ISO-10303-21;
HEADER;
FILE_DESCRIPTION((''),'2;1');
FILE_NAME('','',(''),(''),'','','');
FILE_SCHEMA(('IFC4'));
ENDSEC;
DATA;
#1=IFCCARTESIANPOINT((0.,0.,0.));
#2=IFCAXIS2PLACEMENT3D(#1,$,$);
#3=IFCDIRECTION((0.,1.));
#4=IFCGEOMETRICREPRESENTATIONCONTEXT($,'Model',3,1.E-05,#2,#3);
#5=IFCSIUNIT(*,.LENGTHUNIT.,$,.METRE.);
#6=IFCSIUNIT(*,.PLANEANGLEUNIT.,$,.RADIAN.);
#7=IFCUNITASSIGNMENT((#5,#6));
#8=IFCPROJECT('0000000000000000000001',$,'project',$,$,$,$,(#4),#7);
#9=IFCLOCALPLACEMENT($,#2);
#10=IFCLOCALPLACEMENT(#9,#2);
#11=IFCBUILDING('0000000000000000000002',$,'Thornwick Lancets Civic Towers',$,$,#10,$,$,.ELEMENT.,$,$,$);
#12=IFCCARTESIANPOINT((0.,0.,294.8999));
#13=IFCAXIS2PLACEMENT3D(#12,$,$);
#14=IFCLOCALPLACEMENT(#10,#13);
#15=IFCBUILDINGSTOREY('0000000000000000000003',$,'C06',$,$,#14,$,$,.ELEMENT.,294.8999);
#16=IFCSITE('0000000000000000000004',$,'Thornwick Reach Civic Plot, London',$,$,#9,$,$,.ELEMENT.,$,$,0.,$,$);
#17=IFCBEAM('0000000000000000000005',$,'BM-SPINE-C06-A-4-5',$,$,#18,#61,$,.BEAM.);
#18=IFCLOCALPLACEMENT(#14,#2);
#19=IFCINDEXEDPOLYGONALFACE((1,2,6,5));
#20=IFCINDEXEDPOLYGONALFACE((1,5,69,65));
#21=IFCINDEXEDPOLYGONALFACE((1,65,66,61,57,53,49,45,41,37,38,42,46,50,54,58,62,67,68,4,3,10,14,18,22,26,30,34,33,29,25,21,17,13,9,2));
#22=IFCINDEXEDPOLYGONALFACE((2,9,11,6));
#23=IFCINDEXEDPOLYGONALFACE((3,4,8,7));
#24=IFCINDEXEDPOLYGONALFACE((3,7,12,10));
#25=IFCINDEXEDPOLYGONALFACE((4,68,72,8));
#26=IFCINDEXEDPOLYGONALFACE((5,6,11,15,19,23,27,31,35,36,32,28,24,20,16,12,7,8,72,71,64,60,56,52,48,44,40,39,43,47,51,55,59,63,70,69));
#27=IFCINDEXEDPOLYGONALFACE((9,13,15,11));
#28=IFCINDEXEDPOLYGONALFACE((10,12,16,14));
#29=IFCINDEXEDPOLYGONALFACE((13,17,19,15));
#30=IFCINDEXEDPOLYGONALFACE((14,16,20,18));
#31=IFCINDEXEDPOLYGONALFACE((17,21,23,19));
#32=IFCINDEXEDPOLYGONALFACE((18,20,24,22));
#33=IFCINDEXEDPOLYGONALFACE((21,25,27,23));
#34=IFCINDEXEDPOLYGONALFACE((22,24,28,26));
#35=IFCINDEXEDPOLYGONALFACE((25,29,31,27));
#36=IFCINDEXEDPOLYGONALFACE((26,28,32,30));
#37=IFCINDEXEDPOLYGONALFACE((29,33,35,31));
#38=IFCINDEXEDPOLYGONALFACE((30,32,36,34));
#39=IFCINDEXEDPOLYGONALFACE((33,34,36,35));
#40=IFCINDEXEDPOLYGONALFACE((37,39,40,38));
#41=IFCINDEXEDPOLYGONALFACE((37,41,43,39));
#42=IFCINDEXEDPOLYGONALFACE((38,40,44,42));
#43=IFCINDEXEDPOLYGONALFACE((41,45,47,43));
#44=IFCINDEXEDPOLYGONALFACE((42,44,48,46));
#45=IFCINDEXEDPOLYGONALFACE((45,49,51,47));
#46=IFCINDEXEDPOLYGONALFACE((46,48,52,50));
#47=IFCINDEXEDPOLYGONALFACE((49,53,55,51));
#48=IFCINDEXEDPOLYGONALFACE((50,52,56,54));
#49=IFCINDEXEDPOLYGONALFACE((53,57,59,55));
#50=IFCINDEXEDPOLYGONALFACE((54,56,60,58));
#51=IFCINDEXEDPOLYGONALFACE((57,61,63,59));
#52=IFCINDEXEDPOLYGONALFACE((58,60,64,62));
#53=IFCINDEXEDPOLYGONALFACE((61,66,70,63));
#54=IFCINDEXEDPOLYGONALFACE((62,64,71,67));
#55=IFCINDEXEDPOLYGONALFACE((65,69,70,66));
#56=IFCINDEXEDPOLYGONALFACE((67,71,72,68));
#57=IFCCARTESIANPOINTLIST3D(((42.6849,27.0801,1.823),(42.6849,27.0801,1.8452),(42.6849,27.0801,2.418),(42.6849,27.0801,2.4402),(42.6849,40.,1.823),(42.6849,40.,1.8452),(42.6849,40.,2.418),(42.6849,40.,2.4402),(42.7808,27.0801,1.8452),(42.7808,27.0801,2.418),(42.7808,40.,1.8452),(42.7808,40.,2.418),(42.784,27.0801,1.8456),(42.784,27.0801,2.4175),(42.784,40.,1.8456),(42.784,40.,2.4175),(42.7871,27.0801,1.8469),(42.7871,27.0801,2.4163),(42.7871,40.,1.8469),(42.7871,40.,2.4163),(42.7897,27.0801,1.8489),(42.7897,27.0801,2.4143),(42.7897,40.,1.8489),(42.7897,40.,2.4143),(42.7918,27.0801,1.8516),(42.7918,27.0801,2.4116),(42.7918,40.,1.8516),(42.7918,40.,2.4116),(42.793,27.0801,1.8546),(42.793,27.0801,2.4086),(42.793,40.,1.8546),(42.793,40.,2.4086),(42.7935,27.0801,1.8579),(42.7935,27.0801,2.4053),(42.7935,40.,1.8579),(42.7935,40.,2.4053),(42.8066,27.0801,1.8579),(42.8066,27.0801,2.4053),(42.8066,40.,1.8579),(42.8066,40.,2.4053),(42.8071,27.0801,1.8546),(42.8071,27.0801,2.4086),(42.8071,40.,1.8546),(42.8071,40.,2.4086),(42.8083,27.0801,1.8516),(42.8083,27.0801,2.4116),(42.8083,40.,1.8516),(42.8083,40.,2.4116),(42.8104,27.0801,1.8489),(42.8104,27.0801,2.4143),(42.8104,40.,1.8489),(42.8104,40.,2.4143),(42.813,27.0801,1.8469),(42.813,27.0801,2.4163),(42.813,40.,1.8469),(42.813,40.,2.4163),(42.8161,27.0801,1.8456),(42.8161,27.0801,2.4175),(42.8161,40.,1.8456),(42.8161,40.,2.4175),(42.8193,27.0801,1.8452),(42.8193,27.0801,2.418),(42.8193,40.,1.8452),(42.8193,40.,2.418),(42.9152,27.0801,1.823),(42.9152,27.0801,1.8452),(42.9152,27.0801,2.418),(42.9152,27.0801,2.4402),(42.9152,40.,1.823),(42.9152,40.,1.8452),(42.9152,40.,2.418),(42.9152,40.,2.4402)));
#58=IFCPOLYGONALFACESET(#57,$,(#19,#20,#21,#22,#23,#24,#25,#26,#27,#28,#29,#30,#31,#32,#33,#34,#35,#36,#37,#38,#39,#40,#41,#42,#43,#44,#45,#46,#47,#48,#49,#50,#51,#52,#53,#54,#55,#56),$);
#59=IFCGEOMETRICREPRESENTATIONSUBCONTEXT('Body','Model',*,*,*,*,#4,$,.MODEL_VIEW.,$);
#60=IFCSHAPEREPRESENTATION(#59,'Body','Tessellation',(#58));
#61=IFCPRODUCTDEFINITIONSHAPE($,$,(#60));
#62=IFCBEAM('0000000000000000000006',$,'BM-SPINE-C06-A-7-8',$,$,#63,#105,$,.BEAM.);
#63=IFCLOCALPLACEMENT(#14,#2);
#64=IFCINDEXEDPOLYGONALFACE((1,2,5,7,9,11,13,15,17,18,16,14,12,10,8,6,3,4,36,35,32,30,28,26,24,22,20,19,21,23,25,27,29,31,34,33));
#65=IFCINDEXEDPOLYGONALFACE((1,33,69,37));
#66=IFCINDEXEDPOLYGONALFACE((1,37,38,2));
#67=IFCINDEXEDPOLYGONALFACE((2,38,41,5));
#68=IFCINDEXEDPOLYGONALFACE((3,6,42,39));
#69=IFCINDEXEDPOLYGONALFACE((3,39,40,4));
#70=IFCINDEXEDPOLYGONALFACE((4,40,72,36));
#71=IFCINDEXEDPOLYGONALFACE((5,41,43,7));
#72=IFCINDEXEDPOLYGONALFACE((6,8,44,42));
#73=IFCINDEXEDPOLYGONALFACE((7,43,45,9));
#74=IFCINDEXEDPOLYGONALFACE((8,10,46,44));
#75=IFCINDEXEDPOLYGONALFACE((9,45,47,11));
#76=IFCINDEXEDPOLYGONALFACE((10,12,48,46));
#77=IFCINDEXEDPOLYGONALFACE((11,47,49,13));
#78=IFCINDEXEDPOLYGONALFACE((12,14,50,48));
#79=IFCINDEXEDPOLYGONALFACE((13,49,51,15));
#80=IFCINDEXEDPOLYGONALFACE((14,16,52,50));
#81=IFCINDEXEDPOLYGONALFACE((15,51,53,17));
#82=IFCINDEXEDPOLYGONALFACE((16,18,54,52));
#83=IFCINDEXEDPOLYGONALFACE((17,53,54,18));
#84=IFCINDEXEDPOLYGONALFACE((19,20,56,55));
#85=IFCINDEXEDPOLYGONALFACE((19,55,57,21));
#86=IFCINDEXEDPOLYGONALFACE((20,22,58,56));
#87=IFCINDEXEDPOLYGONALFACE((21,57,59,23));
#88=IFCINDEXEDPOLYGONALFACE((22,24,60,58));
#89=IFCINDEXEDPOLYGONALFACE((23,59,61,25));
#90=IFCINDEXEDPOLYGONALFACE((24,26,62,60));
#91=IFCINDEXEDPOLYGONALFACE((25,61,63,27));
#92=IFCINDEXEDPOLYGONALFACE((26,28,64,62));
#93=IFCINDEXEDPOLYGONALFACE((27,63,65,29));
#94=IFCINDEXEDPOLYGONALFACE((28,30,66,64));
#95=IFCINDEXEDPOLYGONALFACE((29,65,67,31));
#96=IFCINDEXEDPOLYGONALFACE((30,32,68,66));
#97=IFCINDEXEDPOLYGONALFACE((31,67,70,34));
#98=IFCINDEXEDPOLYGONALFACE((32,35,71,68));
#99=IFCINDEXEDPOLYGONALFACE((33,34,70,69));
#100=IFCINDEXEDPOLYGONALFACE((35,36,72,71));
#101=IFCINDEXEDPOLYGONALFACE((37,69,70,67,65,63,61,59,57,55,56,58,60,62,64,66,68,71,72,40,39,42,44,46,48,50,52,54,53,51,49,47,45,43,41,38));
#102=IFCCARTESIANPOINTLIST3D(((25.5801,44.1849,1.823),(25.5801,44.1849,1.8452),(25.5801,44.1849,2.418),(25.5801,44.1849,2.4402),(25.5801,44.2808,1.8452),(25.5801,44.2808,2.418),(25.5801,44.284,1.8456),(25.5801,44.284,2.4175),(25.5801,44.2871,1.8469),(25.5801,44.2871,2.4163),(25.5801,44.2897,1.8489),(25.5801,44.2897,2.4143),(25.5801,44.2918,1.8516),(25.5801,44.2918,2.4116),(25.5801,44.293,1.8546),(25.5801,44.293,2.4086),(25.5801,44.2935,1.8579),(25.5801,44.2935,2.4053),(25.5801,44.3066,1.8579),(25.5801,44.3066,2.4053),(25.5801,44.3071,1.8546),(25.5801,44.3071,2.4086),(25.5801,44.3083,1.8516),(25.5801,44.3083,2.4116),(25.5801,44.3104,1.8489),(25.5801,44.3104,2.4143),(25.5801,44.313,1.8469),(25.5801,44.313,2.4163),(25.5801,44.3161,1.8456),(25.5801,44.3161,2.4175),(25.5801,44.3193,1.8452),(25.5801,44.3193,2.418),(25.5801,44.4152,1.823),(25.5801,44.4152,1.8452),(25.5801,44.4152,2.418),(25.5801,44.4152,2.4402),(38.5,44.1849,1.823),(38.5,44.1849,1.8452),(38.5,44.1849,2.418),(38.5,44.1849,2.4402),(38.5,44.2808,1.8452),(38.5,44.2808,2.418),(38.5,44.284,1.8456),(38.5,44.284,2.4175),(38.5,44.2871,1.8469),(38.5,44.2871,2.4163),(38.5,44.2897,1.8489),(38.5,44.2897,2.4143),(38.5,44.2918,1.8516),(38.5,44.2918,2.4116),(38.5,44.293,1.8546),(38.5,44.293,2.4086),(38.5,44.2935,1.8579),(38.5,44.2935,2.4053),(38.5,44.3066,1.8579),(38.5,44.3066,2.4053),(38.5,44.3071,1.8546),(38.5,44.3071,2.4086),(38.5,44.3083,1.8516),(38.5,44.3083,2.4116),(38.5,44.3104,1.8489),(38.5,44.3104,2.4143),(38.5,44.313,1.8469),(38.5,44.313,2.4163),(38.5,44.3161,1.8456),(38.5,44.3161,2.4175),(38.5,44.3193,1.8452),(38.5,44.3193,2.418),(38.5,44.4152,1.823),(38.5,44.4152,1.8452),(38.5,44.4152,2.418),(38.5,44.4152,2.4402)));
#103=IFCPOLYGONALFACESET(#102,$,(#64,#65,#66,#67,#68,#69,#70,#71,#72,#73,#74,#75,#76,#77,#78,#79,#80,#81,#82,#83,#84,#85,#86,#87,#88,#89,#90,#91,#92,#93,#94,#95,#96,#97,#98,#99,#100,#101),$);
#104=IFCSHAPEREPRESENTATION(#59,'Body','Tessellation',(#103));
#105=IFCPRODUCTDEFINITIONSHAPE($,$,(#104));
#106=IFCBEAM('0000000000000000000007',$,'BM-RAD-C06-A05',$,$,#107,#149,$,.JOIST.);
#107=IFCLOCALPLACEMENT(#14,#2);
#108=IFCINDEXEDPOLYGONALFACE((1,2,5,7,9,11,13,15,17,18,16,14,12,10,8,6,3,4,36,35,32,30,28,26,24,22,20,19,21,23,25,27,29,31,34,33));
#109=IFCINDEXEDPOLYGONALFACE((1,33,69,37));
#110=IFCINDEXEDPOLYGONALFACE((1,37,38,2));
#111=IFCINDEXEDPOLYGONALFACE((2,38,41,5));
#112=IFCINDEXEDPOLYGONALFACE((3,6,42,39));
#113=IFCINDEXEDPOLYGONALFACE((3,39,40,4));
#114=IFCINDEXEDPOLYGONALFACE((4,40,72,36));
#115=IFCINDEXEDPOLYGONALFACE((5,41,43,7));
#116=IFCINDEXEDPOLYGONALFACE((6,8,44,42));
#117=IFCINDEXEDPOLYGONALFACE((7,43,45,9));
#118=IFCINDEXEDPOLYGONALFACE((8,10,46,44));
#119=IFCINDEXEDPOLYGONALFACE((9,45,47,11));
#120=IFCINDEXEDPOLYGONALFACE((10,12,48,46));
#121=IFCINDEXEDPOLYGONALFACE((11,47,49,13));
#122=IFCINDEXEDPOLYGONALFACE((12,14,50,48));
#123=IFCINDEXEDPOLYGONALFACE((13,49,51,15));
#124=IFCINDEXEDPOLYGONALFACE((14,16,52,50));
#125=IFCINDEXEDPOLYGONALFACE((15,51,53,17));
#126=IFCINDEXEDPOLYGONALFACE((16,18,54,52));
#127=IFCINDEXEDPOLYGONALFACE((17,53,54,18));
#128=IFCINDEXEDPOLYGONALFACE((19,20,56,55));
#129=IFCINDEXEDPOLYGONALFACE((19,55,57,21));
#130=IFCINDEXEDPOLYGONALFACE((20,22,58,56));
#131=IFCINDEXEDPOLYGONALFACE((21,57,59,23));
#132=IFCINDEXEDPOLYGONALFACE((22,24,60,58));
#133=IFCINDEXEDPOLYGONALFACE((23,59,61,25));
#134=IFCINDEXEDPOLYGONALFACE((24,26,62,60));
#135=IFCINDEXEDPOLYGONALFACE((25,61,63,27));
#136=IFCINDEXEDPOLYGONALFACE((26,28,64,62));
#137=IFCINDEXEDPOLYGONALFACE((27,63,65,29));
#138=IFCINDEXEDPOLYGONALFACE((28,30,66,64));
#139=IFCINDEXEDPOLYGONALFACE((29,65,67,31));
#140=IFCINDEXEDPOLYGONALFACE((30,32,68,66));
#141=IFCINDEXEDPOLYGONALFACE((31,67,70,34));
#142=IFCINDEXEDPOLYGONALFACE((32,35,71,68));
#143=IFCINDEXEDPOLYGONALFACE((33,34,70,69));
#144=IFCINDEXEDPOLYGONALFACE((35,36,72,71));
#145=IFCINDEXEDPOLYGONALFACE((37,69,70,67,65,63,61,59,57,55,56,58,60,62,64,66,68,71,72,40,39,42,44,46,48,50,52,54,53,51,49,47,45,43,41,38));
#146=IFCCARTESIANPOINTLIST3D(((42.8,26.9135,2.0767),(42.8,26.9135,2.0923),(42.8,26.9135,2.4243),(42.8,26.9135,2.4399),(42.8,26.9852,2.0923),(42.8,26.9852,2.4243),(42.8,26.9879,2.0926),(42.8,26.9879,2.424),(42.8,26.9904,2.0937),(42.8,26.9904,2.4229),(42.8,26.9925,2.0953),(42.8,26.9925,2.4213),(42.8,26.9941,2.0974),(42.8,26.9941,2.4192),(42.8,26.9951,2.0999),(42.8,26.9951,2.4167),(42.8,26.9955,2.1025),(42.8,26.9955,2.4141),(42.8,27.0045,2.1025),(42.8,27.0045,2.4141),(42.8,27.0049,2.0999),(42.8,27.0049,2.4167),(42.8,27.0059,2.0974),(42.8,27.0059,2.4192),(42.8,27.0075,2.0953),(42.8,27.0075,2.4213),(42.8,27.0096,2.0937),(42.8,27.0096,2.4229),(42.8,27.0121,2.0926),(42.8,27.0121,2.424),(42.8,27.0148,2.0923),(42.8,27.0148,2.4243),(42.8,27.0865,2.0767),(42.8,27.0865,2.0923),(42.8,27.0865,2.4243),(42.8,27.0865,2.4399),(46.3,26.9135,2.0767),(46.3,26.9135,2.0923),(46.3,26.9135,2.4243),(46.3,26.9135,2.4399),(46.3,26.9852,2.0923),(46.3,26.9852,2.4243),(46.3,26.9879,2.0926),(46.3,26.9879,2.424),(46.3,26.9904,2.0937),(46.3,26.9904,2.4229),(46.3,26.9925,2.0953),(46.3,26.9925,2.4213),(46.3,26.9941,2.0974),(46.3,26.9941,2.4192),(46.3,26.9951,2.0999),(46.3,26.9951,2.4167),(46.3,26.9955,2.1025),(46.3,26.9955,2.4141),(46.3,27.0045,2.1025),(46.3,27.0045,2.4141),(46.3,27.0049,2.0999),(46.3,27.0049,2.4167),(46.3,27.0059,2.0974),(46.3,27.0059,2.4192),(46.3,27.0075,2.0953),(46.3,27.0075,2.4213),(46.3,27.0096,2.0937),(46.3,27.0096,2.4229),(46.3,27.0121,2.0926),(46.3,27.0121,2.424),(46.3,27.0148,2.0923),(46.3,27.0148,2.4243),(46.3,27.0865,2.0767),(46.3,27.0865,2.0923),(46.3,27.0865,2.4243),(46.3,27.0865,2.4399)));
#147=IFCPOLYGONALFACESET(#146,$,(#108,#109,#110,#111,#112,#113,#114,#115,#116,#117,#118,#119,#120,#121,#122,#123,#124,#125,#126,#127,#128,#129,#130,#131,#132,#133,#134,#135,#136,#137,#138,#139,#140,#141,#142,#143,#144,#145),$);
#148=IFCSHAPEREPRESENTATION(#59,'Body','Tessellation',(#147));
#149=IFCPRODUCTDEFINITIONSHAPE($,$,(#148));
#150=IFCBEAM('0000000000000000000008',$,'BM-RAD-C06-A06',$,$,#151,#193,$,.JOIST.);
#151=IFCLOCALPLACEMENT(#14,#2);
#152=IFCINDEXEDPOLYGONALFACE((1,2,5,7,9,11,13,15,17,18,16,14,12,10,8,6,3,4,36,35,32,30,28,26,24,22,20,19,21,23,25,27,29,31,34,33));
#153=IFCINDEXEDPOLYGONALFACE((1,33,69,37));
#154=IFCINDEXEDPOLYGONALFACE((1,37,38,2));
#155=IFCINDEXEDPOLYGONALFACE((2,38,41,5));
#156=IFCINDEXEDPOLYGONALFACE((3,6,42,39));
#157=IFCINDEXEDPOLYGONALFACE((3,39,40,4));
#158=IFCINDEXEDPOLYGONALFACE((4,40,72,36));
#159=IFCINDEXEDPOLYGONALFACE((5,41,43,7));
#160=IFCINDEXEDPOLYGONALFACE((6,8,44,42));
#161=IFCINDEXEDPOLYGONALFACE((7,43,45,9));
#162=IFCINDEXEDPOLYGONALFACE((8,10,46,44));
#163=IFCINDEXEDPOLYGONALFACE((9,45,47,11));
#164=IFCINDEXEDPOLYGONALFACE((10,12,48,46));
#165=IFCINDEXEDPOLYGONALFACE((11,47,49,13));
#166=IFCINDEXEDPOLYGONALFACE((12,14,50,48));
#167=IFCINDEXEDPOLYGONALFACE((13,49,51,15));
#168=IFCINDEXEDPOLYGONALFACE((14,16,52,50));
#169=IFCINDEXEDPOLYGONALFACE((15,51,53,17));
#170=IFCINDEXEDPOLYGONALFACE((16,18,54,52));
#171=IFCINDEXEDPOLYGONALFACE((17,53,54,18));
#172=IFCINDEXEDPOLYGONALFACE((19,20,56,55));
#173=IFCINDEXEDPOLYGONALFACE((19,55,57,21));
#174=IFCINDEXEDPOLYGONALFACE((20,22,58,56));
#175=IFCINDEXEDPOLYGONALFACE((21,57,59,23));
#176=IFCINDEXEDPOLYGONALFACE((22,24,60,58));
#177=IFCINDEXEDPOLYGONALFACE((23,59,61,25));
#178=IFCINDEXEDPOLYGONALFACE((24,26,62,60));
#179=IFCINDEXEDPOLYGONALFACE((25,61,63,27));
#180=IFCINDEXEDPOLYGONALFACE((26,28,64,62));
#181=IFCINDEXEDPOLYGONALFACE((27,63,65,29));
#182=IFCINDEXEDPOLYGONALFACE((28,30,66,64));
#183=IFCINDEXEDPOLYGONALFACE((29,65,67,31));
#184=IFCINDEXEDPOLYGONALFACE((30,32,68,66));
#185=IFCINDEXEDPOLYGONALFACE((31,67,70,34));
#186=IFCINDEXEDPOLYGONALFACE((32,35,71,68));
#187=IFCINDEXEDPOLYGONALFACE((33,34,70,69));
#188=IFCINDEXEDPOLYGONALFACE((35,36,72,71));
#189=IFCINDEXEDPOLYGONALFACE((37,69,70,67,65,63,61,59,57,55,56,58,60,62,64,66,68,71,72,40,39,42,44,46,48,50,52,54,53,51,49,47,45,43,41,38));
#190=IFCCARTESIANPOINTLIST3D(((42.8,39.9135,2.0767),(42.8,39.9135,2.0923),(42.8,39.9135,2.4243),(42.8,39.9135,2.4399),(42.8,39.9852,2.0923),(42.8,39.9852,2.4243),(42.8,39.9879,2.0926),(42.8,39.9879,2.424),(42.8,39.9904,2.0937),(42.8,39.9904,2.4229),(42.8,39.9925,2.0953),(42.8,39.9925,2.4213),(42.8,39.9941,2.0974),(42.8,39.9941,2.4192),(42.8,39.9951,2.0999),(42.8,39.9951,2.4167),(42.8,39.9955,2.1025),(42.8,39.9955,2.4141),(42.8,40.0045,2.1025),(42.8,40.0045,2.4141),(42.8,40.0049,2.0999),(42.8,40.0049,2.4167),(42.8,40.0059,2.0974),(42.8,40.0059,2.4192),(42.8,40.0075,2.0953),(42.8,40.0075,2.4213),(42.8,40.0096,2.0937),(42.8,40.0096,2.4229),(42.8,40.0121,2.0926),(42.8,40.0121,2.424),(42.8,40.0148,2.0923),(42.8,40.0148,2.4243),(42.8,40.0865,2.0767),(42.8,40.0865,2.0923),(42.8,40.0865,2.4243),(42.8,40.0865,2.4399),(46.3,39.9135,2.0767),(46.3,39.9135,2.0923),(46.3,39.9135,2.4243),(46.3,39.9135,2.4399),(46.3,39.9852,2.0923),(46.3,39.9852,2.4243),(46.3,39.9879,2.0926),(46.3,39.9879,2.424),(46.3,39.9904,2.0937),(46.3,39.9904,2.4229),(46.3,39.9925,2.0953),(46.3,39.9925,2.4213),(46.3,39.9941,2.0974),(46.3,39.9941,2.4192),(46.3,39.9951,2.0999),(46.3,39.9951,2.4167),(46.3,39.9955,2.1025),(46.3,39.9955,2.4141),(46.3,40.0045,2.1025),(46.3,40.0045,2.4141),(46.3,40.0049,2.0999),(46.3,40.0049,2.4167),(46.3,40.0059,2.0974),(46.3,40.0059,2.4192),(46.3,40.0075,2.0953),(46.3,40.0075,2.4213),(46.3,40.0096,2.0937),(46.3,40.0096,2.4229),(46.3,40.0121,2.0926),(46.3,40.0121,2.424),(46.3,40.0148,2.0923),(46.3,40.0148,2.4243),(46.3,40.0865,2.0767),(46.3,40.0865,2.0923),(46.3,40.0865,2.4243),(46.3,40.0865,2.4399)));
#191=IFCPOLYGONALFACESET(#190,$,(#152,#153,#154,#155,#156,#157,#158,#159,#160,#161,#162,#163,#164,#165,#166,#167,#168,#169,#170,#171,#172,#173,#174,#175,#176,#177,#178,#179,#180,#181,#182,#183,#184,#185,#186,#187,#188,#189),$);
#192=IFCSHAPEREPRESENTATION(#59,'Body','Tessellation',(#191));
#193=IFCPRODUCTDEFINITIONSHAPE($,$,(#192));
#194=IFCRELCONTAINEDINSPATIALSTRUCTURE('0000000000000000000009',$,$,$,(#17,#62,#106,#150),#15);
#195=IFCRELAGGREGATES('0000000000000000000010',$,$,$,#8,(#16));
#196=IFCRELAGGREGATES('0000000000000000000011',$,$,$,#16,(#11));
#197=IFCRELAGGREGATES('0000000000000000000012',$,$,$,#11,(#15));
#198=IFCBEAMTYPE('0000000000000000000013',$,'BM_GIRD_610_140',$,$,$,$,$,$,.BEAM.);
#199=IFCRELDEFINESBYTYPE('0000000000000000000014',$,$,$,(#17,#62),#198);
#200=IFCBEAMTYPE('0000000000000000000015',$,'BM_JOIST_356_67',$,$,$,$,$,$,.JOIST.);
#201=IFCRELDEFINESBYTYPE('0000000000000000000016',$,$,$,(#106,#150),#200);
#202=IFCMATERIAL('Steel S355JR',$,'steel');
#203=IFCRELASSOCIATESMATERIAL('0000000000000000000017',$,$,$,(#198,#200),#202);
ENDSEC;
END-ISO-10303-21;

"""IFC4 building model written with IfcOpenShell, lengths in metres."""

from ifc_helpers import new_model, si_unit, direction, frame, origin, origin_2d, place, context, subcontext, project, spatial, i_section, extrude, material, material_profile, profile_set, type_object, element, save


model = new_model("IFC4")

# Units and contexts
model_context = context("Model", 3, precision=1e-05, world=origin(), true_north=direction((0.0, 1.0)))
body_context = subcontext(model_context, "Body", "Model", "MODEL_VIEW")
ifc_project = project(units=[si_unit("LENGTHUNIT", "METRE"), si_unit("PLANEANGLEUNIT", "RADIAN")], contexts=[model_context])

# Site, building, storey
site_placement = place(None, origin())
site = spatial("IfcSite", under=ifc_project, at=site_placement, Name="Thornwick Reach Civic Plot, London", CompositionType="ELEMENT", RefElevation=0.0)
building_placement = place(site_placement, origin())
building = spatial("IfcBuilding", under=site, at=building_placement, Name="Thornwick Lancets Civic Towers", CompositionType="ELEMENT")
storey_placement = place(building_placement, frame((0.0, 0.0, 294.8999)))
storey = spatial("IfcBuildingStorey", under=building, at=storey_placement, Name="C06", CompositionType="ELEMENT", Elevation=294.8999)

# Shared definitions
ifc_material_1 = material(Name="Steel S355JR", Category="steel")

# Beams
ifc_material_profile_1 = material_profile(ifc_material_1, i_section(OverallWidth=0.2302, OverallDepth=0.6172, WebThickness=0.0132, FlangeThickness=0.0222, FilletRadius=0.0127, at=origin_2d()), Name="UKB 610x229x140")
ifc_profile_set_1 = profile_set([ifc_material_profile_1], Name="Steel S355JR")
beam_type_1 = type_object("IfcBeamType", Name="BM_GIRD_610_140", PredefinedType="BEAM", material=ifc_profile_set_1)
for number, where, z_axis, x_axis, name in (
    (1, (42.8, 27.0801, 2.1316), (0.0, 1.0, 0.0), (-1.0, 0.0, 0.0), "BM-SPINE-C06-A-4-5"),
    (2, (25.5801, 44.3, 2.1316), (1.0, 0.0, 0.0), (0.0, 1.0, 0.0), "BM-SPINE-C06-A-7-8"),
):
    element("IfcBeam", number, at=place(storey_placement, frame(where, z_axis=z_axis, x_axis=x_axis)), inside=storey, type_object=beam_type_1, Name=name, PredefinedType="BEAM", context=body_context, shape_type="SweptSolid", body=[
        extrude(i_section(OverallWidth=0.2302, OverallDepth=0.6172, WebThickness=0.0132, FlangeThickness=0.0222, FilletRadius=0.0127, at=origin_2d()), origin(), (0.0, 0.0, 1.0), 12.9199),
    ])
ifc_material_profile_2 = material_profile(ifc_material_1, i_section(OverallWidth=0.1731, OverallDepth=0.3633, WebThickness=0.009, FlangeThickness=0.0156, FilletRadius=0.0103, at=origin_2d()), Name="UKB 356x171x67")
ifc_profile_set_2 = profile_set([ifc_material_profile_2], Name="Steel S355JR")
beam_type_2 = type_object("IfcBeamType", Name="BM_JOIST_356_67", PredefinedType="JOIST", material=ifc_profile_set_2)
for number, where, z_axis, x_axis, name in (
    (3, (42.8, 27.0, 2.2583), (1.0, 0.0, 0.0), (0.0, 1.0, 0.0), "BM-RAD-C06-A05"),
    (4, (42.8, 40.0, 2.2583), (1.0, 0.0, 0.0), (0.0, 1.0, 0.0), "BM-RAD-C06-A06"),
):
    element("IfcBeam", number, at=place(storey_placement, frame(where, z_axis=z_axis, x_axis=x_axis)), inside=storey, type_object=beam_type_2, Name=name, PredefinedType="JOIST", context=body_context, shape_type="SweptSolid", body=[
        extrude(i_section(OverallWidth=0.1731, OverallDepth=0.3633, WebThickness=0.009, FlangeThickness=0.0156, FilletRadius=0.0103, at=origin_2d()), origin(), (0.0, 0.0, 1.0), 3.5),
    ])

save(model, "model.ifc")
